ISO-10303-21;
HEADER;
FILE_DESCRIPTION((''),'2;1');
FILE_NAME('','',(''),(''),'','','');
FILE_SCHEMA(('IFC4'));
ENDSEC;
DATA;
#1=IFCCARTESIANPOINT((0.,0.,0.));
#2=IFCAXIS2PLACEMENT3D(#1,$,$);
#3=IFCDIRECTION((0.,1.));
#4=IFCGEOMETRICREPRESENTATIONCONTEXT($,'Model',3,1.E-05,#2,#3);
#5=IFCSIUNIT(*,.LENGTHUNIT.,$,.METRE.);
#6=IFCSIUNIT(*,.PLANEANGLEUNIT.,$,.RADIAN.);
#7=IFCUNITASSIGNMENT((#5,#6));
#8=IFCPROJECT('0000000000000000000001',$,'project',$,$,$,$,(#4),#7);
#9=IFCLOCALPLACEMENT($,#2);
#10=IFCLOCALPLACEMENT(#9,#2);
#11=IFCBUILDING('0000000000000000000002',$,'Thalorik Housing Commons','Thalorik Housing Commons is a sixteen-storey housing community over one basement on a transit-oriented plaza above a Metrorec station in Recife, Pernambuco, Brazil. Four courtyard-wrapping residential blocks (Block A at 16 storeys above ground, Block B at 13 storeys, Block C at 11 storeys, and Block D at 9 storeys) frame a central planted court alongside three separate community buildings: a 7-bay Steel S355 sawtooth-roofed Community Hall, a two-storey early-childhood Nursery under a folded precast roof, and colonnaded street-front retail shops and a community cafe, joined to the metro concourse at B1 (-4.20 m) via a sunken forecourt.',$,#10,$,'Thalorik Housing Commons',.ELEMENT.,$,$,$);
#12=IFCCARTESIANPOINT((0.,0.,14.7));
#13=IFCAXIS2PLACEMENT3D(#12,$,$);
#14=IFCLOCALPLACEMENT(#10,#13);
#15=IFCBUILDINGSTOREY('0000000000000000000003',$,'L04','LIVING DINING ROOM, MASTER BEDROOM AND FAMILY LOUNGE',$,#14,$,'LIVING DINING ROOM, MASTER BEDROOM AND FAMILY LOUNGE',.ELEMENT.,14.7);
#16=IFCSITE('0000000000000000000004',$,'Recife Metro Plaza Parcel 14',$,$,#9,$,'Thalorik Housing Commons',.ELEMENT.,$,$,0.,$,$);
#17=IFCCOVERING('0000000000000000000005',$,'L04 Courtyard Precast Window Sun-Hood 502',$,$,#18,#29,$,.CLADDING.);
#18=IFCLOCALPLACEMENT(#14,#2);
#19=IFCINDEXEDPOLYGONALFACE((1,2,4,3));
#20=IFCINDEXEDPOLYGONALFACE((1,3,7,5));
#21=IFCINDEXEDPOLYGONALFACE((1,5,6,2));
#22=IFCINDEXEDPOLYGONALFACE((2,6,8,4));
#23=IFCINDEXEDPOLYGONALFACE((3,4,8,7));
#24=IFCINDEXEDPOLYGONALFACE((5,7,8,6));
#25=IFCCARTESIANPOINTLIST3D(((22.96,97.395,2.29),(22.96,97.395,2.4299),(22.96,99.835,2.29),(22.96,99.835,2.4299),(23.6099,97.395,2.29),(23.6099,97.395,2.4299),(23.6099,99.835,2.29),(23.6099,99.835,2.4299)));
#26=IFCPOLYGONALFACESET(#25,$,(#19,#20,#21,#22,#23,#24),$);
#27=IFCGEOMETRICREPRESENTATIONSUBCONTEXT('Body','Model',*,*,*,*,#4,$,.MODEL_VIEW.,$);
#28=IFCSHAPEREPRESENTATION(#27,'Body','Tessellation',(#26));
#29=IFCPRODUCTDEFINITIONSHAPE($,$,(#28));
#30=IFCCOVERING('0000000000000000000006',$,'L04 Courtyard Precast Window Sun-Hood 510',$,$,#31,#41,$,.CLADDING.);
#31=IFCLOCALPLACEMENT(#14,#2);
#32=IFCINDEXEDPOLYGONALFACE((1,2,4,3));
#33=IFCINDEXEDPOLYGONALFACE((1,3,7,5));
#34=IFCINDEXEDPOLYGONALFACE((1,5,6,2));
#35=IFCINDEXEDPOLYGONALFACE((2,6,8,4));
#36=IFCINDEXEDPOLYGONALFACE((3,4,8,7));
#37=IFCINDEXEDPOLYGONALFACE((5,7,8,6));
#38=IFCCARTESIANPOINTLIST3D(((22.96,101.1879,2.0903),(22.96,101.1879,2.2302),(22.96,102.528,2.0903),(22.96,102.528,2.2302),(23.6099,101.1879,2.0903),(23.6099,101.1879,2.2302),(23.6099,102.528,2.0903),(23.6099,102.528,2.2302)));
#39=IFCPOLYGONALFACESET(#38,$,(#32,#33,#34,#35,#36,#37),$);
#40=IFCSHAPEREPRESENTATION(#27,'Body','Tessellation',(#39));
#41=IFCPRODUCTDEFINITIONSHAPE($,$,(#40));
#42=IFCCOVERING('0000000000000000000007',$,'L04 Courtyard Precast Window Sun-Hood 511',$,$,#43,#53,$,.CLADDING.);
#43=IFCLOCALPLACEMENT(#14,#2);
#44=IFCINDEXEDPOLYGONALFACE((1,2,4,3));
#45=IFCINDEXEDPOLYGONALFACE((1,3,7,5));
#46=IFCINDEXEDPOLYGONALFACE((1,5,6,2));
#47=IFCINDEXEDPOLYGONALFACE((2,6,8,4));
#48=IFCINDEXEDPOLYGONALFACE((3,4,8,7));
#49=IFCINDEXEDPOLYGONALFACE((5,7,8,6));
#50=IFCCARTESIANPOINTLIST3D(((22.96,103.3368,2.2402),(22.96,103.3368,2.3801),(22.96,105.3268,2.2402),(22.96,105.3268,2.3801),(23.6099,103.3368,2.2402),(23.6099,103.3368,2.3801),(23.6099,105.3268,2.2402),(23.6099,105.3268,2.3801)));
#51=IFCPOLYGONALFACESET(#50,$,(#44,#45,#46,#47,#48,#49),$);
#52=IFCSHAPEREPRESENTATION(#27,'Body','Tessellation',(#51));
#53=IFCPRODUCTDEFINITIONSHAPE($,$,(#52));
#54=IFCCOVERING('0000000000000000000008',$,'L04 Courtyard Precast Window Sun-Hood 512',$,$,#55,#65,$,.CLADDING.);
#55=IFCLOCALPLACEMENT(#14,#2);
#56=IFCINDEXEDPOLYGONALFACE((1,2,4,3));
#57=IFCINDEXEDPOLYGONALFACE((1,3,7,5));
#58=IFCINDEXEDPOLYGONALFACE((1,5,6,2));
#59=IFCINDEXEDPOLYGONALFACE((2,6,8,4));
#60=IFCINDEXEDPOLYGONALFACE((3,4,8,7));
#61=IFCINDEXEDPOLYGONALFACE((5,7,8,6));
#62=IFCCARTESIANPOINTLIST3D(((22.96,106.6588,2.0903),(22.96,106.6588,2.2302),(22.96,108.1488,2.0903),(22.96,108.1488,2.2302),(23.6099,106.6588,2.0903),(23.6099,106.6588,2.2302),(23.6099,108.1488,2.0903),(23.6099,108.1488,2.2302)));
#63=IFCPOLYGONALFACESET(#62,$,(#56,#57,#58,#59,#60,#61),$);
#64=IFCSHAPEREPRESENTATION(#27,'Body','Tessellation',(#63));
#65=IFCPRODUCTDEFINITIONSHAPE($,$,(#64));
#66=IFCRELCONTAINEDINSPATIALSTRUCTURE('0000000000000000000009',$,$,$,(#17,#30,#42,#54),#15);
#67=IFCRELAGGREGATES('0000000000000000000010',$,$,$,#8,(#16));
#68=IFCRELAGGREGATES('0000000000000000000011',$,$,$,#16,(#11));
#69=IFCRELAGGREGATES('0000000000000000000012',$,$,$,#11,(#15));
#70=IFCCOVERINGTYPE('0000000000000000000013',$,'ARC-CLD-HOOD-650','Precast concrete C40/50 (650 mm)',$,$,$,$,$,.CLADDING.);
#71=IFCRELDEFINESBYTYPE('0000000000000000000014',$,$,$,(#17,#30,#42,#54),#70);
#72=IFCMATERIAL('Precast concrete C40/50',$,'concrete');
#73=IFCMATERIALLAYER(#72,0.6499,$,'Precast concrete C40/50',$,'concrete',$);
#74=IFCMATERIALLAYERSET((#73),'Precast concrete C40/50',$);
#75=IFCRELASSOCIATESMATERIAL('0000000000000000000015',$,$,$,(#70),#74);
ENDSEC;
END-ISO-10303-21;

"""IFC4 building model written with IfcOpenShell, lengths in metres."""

from ifc_helpers import new_model, si_unit, direction, frame, origin, origin_2d, place, context, subcontext, project, spatial, rectangle, extrude, material, layer, layer_set, type_object, element, save


model = new_model("IFC4")

# Units and contexts
model_context = context("Model", 3, precision=1e-05, world=origin(), true_north=direction((0.0, 1.0)))
body_context = subcontext(model_context, "Body", "Model", "MODEL_VIEW")
ifc_project = project(units=[si_unit("LENGTHUNIT", "METRE"), si_unit("PLANEANGLEUNIT", "RADIAN")], contexts=[model_context])

# Site, building, storey
site_placement = place(None, origin())
site = spatial("IfcSite", under=ifc_project, at=site_placement, Name="Recife Metro Plaza Parcel 14", LongName="Thalorik Housing Commons", CompositionType="ELEMENT", RefElevation=0.0)
building_placement = place(site_placement, origin())
building = spatial("IfcBuilding", under=site, at=building_placement, Name="Thalorik Housing Commons", Description="Thalorik Housing Commons is a sixteen-storey housing community over one basement on a transit-oriented plaza above a Metrorec station in Recife, Pernambuco, Brazil. Four courtyard-wrapping residential blocks (Block A at 16 storeys above ground, Block B at 13 storeys, Block C at 11 storeys, and Block D at 9 storeys) frame a central planted court alongside three separate community buildings: a 7-bay Steel S355 sawtooth-roofed Community Hall, a two-storey early-childhood Nursery under a folded precast roof, and colonnaded street-front retail shops and a community cafe, joined to the metro concourse at B1 (-4.20 m) via a sunken forecourt.", LongName="Thalorik Housing Commons", CompositionType="ELEMENT")
storey_placement = place(building_placement, frame((0.0, 0.0, 14.7)))
storey = spatial("IfcBuildingStorey", under=building, at=storey_placement, Name="L04", Description="LIVING DINING ROOM, MASTER BEDROOM AND FAMILY LOUNGE", LongName="LIVING DINING ROOM, MASTER BEDROOM AND FAMILY LOUNGE", CompositionType="ELEMENT", Elevation=14.7)

# Shared definitions
ifc_material_1 = material(Name="Precast concrete C40/50", Category="concrete")

# Coverings
ifc_layer_1 = layer(ifc_material_1, 0.6499, Name="Precast concrete C40/50", Category="concrete")
ifc_layer_set_1 = layer_set([ifc_layer_1], Name="Precast concrete C40/50")
covering_type_1 = type_object("IfcCoveringType", Name="ARC-CLD-HOOD-650", Description="Precast concrete C40/50 (650 mm)", PredefinedType="CLADDING", material=ifc_layer_set_1)
covering_1_placement = place(storey_placement, frame((23.2849, 98.615, 2.29), z_axis=(0.0, 0.0, 1.0), x_axis=(0.0, 1.0, 0.0)))
element("IfcCovering", 1, at=covering_1_placement, inside=storey, type_object=covering_type_1, Name="L04 Courtyard Precast Window Sun-Hood 502", PredefinedType="CLADDING", context=body_context, shape_type="SweptSolid", body=[
    extrude(rectangle(XDim=2.4399, YDim=0.6499, at=origin_2d()), origin(), (0.0, 0.0, 1.0), 0.1399),
])
covering_2_placement = place(storey_placement, frame((23.2849, 101.8579, 2.0903), z_axis=(0.0, 0.0, 1.0), x_axis=(0.0, 1.0, 0.0)))
element("IfcCovering", 2, at=covering_2_placement, inside=storey, type_object=covering_type_1, Name="L04 Courtyard Precast Window Sun-Hood 510", PredefinedType="CLADDING", context=body_context, shape_type="SweptSolid", body=[
    extrude(rectangle(XDim=1.3401, YDim=0.6499, at=origin_2d()), origin(), (0.0, 0.0, 1.0), 0.1399),
])
covering_3_placement = place(storey_placement, frame((23.2849, 104.3318, 2.2402), z_axis=(0.0, 0.0, 1.0), x_axis=(0.0, 1.0, 0.0)))
element("IfcCovering", 3, at=covering_3_placement, inside=storey, type_object=covering_type_1, Name="L04 Courtyard Precast Window Sun-Hood 511", PredefinedType="CLADDING", context=body_context, shape_type="SweptSolid", body=[
    extrude(rectangle(XDim=1.99, YDim=0.6499, at=origin_2d()), origin(), (0.0, 0.0, 1.0), 0.1399),
])
covering_4_placement = place(storey_placement, frame((23.2849, 107.4038, 2.0903), z_axis=(0.0, 0.0, 1.0), x_axis=(0.0, 1.0, 0.0)))
element("IfcCovering", 4, at=covering_4_placement, inside=storey, type_object=covering_type_1, Name="L04 Courtyard Precast Window Sun-Hood 512", PredefinedType="CLADDING", context=body_context, shape_type="SweptSolid", body=[
    extrude(rectangle(XDim=1.49, YDim=0.6499, at=origin_2d()), origin(), (0.0, 0.0, 1.0), 0.1399),
])

save(model, "model.ifc")
